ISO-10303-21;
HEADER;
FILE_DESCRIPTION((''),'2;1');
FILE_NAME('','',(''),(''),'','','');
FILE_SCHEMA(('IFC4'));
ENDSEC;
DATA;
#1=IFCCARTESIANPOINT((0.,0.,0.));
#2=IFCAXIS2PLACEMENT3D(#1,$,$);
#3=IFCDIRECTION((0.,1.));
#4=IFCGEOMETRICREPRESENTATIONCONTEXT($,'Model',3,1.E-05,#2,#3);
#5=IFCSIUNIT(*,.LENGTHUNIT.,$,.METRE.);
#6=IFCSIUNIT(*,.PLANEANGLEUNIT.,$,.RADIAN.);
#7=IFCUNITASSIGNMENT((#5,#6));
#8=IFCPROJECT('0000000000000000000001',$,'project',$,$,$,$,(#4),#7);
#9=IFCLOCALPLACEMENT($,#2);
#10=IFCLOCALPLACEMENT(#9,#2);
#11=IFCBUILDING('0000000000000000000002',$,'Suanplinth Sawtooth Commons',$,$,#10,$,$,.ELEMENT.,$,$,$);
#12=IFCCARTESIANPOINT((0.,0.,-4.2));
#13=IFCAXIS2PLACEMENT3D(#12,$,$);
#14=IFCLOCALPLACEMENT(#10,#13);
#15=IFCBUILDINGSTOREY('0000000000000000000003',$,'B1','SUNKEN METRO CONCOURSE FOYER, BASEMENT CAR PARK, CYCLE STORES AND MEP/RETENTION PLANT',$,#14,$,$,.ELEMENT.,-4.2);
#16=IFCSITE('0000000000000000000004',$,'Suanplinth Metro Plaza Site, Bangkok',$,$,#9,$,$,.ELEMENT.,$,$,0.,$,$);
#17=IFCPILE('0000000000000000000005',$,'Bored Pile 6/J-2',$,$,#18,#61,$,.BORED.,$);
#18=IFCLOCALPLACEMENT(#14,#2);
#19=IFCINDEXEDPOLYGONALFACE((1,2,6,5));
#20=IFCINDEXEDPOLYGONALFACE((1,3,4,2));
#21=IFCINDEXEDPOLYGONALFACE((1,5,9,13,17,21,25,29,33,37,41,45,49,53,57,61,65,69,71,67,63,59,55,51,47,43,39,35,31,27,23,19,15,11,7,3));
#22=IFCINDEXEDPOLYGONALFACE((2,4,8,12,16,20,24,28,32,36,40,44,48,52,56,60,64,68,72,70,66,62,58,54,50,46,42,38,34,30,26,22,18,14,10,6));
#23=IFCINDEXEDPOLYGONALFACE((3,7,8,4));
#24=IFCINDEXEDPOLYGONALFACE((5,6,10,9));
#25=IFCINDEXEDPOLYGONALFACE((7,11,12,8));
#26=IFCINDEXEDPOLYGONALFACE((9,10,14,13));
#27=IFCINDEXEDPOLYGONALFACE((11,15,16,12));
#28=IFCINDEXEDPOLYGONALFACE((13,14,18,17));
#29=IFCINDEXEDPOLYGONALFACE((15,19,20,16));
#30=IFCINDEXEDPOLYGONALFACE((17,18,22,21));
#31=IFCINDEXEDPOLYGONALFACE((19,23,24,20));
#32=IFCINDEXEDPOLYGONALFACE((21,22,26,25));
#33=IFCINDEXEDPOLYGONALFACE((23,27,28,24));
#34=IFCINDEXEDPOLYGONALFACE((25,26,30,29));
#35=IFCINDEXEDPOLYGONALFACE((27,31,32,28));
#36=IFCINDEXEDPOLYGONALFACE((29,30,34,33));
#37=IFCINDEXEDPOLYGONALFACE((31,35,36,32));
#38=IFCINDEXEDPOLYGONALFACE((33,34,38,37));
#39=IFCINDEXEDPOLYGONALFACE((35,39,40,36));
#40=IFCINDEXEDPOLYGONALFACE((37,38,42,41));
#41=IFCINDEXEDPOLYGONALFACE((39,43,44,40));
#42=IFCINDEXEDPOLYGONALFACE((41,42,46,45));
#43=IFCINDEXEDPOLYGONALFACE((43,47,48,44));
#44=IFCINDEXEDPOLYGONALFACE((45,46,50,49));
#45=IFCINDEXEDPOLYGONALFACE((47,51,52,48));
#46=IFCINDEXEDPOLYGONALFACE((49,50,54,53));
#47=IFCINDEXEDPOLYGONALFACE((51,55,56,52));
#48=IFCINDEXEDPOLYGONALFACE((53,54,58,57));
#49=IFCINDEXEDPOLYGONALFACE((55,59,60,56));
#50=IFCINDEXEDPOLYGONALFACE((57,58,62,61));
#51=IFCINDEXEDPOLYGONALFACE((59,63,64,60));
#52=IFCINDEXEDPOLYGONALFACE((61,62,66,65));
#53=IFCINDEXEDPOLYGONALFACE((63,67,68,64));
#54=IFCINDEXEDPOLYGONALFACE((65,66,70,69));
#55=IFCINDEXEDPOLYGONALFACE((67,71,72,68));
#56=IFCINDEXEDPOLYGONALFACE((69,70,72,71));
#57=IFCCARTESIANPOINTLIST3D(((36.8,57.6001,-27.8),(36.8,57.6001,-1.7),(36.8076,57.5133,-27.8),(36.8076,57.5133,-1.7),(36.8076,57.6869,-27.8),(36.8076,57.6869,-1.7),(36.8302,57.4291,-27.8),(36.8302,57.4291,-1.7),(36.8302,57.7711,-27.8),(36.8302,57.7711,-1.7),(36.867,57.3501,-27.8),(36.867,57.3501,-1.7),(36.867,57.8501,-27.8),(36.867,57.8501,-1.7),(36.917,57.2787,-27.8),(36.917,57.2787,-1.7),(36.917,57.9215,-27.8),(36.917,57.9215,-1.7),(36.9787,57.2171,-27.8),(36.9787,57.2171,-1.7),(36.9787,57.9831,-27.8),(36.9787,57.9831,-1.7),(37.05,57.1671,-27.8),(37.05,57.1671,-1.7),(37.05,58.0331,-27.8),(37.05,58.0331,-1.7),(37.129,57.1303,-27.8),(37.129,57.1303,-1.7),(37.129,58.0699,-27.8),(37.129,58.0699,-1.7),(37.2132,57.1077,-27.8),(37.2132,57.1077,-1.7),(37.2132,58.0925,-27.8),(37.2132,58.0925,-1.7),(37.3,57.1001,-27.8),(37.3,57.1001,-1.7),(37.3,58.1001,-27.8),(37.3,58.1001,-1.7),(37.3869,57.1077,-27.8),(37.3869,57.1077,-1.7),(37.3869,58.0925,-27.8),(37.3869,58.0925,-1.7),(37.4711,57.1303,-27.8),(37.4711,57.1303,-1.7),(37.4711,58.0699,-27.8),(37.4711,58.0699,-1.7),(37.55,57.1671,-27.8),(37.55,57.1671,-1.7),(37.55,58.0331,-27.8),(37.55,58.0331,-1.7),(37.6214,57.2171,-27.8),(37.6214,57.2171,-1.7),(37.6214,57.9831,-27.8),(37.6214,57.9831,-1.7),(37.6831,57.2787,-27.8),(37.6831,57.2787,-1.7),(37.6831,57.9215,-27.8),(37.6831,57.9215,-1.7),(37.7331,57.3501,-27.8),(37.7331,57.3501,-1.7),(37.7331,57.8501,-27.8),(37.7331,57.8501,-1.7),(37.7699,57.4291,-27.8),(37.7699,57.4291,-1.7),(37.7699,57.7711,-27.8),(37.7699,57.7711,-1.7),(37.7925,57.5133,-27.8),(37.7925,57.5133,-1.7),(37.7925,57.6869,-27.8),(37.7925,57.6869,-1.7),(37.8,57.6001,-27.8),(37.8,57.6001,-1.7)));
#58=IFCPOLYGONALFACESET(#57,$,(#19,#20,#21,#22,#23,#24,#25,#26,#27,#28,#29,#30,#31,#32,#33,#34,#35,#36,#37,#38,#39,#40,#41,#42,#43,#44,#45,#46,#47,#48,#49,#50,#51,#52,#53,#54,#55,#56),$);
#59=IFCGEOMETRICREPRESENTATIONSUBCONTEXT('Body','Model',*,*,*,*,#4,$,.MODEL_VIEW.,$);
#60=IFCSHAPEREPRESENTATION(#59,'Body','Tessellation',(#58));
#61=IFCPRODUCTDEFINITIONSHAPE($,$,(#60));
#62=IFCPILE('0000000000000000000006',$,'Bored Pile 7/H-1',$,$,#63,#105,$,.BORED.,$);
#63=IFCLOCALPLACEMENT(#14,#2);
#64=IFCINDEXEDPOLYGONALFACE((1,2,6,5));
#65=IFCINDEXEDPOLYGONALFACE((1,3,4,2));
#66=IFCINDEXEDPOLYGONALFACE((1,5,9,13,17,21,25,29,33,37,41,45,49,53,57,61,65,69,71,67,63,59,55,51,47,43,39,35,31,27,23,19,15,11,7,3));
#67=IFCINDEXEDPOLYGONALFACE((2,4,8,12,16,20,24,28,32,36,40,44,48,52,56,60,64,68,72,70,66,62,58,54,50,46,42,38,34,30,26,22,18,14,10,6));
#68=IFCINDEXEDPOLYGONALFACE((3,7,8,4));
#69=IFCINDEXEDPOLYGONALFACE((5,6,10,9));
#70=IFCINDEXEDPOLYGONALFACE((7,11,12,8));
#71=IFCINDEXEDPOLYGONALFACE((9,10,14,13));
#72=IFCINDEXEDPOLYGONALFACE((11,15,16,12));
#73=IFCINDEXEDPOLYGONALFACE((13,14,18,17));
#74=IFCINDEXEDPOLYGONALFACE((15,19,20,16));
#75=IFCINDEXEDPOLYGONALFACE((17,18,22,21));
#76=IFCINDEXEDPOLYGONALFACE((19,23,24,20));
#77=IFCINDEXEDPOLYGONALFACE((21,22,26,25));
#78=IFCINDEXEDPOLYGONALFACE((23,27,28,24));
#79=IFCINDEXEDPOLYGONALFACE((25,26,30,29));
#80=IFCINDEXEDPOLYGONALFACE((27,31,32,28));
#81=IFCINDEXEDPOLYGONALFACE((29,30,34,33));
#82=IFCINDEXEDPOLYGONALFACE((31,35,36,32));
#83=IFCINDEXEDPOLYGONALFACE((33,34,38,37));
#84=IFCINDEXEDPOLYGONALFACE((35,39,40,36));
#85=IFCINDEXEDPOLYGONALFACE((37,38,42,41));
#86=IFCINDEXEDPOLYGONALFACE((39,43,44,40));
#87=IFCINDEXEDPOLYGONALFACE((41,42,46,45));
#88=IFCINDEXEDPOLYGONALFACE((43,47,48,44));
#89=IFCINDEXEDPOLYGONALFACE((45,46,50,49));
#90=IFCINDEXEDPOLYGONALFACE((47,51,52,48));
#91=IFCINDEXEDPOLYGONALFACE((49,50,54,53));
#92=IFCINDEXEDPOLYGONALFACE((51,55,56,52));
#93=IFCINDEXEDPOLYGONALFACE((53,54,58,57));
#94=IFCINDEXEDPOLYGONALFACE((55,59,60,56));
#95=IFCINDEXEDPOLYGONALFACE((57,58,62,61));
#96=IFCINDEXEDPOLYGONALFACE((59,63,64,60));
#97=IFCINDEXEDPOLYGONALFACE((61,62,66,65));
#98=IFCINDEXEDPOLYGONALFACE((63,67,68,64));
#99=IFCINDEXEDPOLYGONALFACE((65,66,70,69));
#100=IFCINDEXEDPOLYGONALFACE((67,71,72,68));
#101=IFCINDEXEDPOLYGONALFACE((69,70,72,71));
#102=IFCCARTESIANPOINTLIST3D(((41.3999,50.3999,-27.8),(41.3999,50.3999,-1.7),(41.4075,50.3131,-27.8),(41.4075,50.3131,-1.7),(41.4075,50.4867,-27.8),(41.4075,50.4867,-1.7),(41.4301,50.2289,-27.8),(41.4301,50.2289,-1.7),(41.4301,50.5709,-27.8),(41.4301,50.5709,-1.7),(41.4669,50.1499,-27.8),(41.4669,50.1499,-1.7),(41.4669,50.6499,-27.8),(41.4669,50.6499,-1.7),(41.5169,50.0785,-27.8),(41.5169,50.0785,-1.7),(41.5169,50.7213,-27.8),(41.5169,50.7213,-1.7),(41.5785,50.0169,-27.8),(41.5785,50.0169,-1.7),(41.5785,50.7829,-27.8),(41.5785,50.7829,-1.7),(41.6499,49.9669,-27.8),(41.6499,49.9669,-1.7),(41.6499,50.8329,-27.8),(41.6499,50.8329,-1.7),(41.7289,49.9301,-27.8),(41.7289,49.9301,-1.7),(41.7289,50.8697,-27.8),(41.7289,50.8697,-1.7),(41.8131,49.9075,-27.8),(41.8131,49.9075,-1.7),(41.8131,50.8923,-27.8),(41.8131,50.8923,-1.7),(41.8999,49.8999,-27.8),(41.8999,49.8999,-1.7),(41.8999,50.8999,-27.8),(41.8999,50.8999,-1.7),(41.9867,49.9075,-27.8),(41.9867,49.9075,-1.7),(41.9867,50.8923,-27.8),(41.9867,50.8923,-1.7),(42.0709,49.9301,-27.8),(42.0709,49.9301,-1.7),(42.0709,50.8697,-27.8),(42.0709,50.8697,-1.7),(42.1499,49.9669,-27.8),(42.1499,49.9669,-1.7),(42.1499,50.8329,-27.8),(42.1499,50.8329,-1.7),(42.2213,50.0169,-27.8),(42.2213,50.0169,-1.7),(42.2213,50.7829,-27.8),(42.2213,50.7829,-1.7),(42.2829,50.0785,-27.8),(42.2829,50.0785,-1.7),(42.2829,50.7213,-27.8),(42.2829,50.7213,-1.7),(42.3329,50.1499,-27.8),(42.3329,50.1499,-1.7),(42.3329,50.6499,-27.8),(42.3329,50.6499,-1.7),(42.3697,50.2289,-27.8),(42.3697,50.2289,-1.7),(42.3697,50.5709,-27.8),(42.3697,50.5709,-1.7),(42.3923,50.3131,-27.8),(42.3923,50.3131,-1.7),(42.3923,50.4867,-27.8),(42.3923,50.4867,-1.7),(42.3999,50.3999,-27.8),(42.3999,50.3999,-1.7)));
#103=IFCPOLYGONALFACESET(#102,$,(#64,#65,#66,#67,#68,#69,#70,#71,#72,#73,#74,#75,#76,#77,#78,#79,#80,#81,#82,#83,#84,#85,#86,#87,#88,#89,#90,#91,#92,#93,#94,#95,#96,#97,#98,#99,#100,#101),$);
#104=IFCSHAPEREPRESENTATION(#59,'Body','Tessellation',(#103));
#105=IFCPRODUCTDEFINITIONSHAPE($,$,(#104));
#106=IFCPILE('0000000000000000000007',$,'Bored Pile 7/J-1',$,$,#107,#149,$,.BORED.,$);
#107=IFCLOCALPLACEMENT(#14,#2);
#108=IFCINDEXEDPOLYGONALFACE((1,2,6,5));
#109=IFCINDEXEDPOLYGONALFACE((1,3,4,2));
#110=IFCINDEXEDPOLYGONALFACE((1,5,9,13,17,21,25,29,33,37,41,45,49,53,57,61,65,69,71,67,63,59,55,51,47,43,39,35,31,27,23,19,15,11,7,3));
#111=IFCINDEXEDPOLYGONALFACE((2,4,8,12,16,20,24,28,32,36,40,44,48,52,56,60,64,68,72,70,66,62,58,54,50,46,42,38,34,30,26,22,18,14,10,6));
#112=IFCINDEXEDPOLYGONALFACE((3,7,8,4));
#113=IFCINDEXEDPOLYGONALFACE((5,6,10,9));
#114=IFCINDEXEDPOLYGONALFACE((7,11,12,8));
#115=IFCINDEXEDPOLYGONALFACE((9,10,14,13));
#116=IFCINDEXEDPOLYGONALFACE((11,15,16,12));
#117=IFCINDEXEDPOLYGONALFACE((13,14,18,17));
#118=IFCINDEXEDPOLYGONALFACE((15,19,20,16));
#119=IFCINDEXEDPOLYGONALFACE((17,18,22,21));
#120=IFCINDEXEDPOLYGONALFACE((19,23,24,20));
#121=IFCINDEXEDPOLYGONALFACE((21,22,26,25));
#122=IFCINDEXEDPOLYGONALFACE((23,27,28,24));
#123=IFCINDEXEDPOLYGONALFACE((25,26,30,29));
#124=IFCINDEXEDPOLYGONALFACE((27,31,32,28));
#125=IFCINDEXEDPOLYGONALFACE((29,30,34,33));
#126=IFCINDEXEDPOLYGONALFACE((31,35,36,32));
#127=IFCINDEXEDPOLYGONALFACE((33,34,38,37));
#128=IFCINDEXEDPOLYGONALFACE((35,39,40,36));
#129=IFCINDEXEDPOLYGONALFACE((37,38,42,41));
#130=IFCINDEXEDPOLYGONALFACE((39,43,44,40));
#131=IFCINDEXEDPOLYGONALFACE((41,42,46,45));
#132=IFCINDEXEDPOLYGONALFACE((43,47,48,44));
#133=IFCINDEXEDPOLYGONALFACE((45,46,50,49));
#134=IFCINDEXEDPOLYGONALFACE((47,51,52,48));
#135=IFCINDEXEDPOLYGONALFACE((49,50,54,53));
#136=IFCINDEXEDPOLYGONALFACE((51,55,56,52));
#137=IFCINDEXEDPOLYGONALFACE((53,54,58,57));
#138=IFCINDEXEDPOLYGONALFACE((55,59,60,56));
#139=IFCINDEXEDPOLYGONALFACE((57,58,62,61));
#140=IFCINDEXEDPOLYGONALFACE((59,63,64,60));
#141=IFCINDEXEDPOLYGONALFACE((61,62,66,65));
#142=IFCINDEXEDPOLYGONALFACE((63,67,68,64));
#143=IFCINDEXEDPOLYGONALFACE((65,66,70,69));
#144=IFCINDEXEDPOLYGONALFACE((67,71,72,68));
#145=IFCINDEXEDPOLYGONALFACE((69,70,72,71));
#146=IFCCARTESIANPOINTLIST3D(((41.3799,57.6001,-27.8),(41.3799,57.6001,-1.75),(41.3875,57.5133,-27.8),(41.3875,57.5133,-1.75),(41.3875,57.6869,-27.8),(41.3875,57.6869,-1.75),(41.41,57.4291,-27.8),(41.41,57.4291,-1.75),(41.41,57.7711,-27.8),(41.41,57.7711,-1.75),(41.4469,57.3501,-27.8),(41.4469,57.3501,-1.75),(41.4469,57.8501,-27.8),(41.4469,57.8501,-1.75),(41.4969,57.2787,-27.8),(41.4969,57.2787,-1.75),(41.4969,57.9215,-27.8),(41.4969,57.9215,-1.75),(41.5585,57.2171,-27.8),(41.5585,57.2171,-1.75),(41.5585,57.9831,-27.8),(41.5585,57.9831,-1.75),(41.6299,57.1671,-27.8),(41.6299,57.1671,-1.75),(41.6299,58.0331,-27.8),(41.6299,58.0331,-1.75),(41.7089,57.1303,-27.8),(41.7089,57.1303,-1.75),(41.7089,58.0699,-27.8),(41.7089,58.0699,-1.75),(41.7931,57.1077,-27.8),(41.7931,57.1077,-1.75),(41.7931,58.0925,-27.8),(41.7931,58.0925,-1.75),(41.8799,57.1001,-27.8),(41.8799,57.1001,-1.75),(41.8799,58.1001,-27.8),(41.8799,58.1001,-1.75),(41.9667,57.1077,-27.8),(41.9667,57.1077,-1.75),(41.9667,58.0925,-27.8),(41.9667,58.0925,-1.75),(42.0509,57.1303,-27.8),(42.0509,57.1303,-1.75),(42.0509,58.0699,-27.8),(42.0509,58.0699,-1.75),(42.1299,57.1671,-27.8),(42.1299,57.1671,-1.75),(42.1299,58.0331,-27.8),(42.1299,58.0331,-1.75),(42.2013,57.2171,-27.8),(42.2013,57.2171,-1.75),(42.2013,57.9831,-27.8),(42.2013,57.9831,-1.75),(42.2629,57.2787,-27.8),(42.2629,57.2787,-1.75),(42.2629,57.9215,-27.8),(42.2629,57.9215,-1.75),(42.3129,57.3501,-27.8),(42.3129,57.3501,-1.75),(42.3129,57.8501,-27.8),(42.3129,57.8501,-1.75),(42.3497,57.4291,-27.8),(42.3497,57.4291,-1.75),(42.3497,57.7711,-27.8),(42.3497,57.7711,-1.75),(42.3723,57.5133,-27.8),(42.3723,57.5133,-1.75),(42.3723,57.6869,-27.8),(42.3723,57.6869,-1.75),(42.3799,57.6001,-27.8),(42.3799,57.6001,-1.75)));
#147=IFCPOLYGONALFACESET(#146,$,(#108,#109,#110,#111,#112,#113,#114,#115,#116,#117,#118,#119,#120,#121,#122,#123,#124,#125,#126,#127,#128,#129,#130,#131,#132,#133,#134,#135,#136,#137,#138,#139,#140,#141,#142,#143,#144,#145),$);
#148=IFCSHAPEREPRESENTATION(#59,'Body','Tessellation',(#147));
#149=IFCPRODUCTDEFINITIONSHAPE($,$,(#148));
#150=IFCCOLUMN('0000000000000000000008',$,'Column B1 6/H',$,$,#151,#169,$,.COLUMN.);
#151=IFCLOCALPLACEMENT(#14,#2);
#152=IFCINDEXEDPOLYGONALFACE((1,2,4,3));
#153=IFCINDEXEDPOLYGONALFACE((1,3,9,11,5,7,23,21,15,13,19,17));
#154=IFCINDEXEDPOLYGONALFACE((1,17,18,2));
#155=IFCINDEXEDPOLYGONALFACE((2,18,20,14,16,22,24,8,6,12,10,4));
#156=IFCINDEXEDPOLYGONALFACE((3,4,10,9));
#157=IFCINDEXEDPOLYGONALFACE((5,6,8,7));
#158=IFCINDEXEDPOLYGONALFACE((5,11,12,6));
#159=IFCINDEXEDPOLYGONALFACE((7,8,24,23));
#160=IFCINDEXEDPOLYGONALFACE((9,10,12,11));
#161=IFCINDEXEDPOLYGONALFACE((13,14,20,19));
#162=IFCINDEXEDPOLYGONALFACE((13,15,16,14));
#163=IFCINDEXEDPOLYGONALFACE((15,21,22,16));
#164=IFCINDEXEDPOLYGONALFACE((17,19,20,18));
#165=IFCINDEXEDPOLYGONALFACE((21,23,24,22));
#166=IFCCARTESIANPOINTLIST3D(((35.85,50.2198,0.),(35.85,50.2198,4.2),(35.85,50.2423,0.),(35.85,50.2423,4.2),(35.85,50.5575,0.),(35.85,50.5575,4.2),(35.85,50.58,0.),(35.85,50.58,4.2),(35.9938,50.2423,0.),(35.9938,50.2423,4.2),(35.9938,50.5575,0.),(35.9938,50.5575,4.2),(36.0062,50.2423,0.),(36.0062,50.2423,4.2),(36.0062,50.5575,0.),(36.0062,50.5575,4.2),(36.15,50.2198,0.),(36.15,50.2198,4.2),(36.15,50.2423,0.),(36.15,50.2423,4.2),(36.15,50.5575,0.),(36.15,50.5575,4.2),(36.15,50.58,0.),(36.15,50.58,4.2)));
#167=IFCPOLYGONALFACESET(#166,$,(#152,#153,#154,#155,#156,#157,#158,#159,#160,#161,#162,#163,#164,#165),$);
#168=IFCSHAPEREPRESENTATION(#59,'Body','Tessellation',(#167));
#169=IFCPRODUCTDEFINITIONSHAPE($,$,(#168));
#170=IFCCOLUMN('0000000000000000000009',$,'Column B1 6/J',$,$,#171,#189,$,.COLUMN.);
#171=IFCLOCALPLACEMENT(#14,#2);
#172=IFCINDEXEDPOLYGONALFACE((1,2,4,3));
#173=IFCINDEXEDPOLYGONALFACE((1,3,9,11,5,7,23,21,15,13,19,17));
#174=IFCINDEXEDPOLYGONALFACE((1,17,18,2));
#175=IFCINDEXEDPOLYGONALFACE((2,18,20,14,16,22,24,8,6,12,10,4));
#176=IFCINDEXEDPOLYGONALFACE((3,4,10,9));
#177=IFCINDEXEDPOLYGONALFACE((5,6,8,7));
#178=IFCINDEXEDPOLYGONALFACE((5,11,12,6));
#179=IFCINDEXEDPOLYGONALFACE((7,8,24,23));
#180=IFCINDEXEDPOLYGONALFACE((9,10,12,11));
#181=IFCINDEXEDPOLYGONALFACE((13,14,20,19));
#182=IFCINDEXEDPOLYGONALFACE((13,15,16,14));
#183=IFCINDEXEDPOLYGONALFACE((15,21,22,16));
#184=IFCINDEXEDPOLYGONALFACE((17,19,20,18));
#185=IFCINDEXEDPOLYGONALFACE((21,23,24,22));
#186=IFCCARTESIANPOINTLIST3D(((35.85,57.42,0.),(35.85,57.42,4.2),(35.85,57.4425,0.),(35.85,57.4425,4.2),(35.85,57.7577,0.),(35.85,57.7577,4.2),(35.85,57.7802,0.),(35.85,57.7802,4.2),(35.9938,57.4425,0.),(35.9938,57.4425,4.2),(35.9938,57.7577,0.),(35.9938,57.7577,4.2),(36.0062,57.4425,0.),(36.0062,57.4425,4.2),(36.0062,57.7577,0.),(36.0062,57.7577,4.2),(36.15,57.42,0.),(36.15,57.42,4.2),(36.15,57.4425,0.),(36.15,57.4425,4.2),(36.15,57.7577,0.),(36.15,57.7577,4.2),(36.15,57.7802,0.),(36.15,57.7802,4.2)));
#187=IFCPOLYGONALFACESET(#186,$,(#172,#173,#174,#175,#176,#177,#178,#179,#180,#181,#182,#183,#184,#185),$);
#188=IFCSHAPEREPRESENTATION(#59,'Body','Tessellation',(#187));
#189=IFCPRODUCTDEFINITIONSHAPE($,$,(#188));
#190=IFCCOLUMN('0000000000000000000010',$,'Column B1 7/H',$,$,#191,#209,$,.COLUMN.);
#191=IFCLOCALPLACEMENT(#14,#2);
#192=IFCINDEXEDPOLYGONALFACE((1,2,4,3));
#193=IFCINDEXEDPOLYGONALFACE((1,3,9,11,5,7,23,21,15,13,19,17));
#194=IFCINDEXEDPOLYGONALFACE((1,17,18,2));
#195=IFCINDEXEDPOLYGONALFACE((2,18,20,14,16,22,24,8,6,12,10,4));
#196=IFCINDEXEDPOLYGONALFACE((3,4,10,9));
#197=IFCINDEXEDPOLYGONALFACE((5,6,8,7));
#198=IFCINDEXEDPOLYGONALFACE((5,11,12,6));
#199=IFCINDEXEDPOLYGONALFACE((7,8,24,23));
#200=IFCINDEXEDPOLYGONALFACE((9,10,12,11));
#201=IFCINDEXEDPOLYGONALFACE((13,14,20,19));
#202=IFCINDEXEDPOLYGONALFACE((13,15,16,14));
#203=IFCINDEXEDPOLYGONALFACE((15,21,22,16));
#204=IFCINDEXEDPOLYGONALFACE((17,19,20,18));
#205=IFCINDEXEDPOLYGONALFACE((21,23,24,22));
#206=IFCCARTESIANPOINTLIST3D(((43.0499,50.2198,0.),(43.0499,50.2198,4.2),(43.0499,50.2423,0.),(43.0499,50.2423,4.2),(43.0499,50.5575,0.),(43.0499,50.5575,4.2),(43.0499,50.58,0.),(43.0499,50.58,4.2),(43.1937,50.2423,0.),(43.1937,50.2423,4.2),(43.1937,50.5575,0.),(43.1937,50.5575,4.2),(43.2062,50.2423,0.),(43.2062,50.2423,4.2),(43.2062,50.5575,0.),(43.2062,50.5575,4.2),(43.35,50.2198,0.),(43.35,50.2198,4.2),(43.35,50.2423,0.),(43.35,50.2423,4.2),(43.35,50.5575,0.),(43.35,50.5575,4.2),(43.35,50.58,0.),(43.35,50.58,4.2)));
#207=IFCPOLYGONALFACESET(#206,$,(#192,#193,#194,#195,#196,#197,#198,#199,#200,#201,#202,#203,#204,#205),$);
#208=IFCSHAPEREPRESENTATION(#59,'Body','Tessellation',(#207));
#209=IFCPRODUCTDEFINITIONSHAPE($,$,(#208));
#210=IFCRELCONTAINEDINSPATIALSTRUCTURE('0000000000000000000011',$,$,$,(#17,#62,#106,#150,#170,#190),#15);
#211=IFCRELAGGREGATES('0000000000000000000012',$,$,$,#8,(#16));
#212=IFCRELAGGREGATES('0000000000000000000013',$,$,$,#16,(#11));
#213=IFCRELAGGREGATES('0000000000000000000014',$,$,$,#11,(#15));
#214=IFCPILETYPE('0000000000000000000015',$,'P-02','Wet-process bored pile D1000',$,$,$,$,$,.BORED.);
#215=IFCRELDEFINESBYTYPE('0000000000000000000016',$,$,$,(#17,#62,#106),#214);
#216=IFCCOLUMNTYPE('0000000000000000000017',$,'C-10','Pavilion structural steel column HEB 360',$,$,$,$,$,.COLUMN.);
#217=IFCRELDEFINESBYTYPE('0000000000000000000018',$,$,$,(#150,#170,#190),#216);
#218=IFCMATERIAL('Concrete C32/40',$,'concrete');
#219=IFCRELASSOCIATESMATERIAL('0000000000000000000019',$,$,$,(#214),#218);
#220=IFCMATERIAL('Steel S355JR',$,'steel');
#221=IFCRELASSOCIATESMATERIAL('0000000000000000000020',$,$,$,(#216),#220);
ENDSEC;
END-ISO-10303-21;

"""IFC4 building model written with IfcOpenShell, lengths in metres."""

from ifc_helpers import new_model, si_unit, direction, frame, origin, origin_2d, place, context, subcontext, project, spatial, circle, i_section, extrude, material, material_profile, profile_set, type_object, element, save


model = new_model("IFC4")

# Units and contexts
model_context = context("Model", 3, precision=1e-05, world=origin(), true_north=direction((0.0, 1.0)))
body_context = subcontext(model_context, "Body", "Model", "MODEL_VIEW")
ifc_project = project(units=[si_unit("LENGTHUNIT", "METRE"), si_unit("PLANEANGLEUNIT", "RADIAN")], contexts=[model_context])

# Site, building, storey
site_placement = place(None, origin())
site = spatial("IfcSite", under=ifc_project, at=site_placement, Name="Suanplinth Metro Plaza Site, Bangkok", CompositionType="ELEMENT", RefElevation=0.0)
building_placement = place(site_placement, origin())
building = spatial("IfcBuilding", under=site, at=building_placement, Name="Suanplinth Sawtooth Commons", CompositionType="ELEMENT")
storey_placement = place(building_placement, frame((0.0, 0.0, -4.2)))
storey = spatial("IfcBuildingStorey", under=building, at=storey_placement, Name="B1", Description="SUNKEN METRO CONCOURSE FOYER, BASEMENT CAR PARK, CYCLE STORES AND MEP/RETENTION PLANT", CompositionType="ELEMENT", Elevation=-4.2)

# Piles
ifc_material_1 = material(Name="Concrete C32/40", Category="concrete")
ifc_material_profile_1 = material_profile(ifc_material_1, circle(Radius=0.5, at=origin_2d()), Name="PILE D1000")
ifc_profile_set_1 = profile_set([ifc_material_profile_1], Name="Concrete C32/40")
pile_type_1 = type_object("IfcPileType", Name="P-02", Description="Wet-process bored pile D1000", PredefinedType="BORED", material=ifc_profile_set_1)
for number, where, z_axis, x_axis, name in (
    (1, (37.3, 57.6001, -1.7), (0.0, 0.0, -1.0), (1.0, 0.0, 0.0), "Bored Pile 6/J-2"),
    (2, (41.8999, 50.3999, -1.7), (0.0, 0.0, -1.0), (1.0, 0.0, 0.0), "Bored Pile 7/H-1"),
):
    element("IfcPile", number, at=place(storey_placement, frame(where, z_axis=z_axis, x_axis=x_axis)), inside=storey, type_object=pile_type_1, Name=name, PredefinedType="BORED", context=body_context, shape_type="SweptSolid", body=[
        extrude(circle(Radius=0.5, at=origin_2d()), origin(), (0.0, 0.0, 1.0), 26.1001),
    ])
pile_1_placement = place(storey_placement, frame((41.8799, 57.6001, -1.75), z_axis=(0.0, 0.0, -1.0), x_axis=(1.0, 0.0, 0.0)))
element("IfcPile", 3, at=pile_1_placement, inside=storey, type_object=pile_type_1, Name="Bored Pile 7/J-1", PredefinedType="BORED", context=body_context, shape_type="SweptSolid", body=[
    extrude(circle(Radius=0.5, at=origin_2d()), origin(), (0.0, 0.0, 1.0), 26.05),
])

# Columns
ifc_material_2 = material(Name="Steel S355JR", Category="steel")
ifc_material_profile_2 = material_profile(ifc_material_2, i_section(OverallWidth=0.3, OverallDepth=0.3601, WebThickness=0.0125, FlangeThickness=0.0225, at=origin_2d()), Name="HEB 360")
ifc_profile_set_2 = profile_set([ifc_material_profile_2], Name="Steel S355JR")
column_type = type_object("IfcColumnType", Name="C-10", Description="Pavilion structural steel column HEB 360", PredefinedType="COLUMN", material=ifc_profile_set_2)
for number, where, z_axis, x_axis, name in (
    (4, (36.0, 50.3999, 0.0), (0.0, 0.0, 1.0), (1.0, 0.0, 0.0), "Column B1 6/H"),
    (5, (36.0, 57.6001, 0.0), (0.0, 0.0, 1.0), (1.0, 0.0, 0.0), "Column B1 6/J"),
    (6, (43.2, 50.3999, 0.0), (0.0, 0.0, 1.0), (1.0, 0.0, 0.0), "Column B1 7/H"),
):
    element("IfcColumn", number, at=place(storey_placement, frame(where, z_axis=z_axis, x_axis=x_axis)), inside=storey, type_object=column_type, Name=name, PredefinedType="COLUMN", context=body_context, shape_type="SweptSolid", body=[
        extrude(i_section(OverallWidth=0.3, OverallDepth=0.3601, WebThickness=0.0125, FlangeThickness=0.0225, at=origin_2d()), origin(), (0.0, 0.0, 1.0), 4.2),
    ])

save(model, "model.ifc")
